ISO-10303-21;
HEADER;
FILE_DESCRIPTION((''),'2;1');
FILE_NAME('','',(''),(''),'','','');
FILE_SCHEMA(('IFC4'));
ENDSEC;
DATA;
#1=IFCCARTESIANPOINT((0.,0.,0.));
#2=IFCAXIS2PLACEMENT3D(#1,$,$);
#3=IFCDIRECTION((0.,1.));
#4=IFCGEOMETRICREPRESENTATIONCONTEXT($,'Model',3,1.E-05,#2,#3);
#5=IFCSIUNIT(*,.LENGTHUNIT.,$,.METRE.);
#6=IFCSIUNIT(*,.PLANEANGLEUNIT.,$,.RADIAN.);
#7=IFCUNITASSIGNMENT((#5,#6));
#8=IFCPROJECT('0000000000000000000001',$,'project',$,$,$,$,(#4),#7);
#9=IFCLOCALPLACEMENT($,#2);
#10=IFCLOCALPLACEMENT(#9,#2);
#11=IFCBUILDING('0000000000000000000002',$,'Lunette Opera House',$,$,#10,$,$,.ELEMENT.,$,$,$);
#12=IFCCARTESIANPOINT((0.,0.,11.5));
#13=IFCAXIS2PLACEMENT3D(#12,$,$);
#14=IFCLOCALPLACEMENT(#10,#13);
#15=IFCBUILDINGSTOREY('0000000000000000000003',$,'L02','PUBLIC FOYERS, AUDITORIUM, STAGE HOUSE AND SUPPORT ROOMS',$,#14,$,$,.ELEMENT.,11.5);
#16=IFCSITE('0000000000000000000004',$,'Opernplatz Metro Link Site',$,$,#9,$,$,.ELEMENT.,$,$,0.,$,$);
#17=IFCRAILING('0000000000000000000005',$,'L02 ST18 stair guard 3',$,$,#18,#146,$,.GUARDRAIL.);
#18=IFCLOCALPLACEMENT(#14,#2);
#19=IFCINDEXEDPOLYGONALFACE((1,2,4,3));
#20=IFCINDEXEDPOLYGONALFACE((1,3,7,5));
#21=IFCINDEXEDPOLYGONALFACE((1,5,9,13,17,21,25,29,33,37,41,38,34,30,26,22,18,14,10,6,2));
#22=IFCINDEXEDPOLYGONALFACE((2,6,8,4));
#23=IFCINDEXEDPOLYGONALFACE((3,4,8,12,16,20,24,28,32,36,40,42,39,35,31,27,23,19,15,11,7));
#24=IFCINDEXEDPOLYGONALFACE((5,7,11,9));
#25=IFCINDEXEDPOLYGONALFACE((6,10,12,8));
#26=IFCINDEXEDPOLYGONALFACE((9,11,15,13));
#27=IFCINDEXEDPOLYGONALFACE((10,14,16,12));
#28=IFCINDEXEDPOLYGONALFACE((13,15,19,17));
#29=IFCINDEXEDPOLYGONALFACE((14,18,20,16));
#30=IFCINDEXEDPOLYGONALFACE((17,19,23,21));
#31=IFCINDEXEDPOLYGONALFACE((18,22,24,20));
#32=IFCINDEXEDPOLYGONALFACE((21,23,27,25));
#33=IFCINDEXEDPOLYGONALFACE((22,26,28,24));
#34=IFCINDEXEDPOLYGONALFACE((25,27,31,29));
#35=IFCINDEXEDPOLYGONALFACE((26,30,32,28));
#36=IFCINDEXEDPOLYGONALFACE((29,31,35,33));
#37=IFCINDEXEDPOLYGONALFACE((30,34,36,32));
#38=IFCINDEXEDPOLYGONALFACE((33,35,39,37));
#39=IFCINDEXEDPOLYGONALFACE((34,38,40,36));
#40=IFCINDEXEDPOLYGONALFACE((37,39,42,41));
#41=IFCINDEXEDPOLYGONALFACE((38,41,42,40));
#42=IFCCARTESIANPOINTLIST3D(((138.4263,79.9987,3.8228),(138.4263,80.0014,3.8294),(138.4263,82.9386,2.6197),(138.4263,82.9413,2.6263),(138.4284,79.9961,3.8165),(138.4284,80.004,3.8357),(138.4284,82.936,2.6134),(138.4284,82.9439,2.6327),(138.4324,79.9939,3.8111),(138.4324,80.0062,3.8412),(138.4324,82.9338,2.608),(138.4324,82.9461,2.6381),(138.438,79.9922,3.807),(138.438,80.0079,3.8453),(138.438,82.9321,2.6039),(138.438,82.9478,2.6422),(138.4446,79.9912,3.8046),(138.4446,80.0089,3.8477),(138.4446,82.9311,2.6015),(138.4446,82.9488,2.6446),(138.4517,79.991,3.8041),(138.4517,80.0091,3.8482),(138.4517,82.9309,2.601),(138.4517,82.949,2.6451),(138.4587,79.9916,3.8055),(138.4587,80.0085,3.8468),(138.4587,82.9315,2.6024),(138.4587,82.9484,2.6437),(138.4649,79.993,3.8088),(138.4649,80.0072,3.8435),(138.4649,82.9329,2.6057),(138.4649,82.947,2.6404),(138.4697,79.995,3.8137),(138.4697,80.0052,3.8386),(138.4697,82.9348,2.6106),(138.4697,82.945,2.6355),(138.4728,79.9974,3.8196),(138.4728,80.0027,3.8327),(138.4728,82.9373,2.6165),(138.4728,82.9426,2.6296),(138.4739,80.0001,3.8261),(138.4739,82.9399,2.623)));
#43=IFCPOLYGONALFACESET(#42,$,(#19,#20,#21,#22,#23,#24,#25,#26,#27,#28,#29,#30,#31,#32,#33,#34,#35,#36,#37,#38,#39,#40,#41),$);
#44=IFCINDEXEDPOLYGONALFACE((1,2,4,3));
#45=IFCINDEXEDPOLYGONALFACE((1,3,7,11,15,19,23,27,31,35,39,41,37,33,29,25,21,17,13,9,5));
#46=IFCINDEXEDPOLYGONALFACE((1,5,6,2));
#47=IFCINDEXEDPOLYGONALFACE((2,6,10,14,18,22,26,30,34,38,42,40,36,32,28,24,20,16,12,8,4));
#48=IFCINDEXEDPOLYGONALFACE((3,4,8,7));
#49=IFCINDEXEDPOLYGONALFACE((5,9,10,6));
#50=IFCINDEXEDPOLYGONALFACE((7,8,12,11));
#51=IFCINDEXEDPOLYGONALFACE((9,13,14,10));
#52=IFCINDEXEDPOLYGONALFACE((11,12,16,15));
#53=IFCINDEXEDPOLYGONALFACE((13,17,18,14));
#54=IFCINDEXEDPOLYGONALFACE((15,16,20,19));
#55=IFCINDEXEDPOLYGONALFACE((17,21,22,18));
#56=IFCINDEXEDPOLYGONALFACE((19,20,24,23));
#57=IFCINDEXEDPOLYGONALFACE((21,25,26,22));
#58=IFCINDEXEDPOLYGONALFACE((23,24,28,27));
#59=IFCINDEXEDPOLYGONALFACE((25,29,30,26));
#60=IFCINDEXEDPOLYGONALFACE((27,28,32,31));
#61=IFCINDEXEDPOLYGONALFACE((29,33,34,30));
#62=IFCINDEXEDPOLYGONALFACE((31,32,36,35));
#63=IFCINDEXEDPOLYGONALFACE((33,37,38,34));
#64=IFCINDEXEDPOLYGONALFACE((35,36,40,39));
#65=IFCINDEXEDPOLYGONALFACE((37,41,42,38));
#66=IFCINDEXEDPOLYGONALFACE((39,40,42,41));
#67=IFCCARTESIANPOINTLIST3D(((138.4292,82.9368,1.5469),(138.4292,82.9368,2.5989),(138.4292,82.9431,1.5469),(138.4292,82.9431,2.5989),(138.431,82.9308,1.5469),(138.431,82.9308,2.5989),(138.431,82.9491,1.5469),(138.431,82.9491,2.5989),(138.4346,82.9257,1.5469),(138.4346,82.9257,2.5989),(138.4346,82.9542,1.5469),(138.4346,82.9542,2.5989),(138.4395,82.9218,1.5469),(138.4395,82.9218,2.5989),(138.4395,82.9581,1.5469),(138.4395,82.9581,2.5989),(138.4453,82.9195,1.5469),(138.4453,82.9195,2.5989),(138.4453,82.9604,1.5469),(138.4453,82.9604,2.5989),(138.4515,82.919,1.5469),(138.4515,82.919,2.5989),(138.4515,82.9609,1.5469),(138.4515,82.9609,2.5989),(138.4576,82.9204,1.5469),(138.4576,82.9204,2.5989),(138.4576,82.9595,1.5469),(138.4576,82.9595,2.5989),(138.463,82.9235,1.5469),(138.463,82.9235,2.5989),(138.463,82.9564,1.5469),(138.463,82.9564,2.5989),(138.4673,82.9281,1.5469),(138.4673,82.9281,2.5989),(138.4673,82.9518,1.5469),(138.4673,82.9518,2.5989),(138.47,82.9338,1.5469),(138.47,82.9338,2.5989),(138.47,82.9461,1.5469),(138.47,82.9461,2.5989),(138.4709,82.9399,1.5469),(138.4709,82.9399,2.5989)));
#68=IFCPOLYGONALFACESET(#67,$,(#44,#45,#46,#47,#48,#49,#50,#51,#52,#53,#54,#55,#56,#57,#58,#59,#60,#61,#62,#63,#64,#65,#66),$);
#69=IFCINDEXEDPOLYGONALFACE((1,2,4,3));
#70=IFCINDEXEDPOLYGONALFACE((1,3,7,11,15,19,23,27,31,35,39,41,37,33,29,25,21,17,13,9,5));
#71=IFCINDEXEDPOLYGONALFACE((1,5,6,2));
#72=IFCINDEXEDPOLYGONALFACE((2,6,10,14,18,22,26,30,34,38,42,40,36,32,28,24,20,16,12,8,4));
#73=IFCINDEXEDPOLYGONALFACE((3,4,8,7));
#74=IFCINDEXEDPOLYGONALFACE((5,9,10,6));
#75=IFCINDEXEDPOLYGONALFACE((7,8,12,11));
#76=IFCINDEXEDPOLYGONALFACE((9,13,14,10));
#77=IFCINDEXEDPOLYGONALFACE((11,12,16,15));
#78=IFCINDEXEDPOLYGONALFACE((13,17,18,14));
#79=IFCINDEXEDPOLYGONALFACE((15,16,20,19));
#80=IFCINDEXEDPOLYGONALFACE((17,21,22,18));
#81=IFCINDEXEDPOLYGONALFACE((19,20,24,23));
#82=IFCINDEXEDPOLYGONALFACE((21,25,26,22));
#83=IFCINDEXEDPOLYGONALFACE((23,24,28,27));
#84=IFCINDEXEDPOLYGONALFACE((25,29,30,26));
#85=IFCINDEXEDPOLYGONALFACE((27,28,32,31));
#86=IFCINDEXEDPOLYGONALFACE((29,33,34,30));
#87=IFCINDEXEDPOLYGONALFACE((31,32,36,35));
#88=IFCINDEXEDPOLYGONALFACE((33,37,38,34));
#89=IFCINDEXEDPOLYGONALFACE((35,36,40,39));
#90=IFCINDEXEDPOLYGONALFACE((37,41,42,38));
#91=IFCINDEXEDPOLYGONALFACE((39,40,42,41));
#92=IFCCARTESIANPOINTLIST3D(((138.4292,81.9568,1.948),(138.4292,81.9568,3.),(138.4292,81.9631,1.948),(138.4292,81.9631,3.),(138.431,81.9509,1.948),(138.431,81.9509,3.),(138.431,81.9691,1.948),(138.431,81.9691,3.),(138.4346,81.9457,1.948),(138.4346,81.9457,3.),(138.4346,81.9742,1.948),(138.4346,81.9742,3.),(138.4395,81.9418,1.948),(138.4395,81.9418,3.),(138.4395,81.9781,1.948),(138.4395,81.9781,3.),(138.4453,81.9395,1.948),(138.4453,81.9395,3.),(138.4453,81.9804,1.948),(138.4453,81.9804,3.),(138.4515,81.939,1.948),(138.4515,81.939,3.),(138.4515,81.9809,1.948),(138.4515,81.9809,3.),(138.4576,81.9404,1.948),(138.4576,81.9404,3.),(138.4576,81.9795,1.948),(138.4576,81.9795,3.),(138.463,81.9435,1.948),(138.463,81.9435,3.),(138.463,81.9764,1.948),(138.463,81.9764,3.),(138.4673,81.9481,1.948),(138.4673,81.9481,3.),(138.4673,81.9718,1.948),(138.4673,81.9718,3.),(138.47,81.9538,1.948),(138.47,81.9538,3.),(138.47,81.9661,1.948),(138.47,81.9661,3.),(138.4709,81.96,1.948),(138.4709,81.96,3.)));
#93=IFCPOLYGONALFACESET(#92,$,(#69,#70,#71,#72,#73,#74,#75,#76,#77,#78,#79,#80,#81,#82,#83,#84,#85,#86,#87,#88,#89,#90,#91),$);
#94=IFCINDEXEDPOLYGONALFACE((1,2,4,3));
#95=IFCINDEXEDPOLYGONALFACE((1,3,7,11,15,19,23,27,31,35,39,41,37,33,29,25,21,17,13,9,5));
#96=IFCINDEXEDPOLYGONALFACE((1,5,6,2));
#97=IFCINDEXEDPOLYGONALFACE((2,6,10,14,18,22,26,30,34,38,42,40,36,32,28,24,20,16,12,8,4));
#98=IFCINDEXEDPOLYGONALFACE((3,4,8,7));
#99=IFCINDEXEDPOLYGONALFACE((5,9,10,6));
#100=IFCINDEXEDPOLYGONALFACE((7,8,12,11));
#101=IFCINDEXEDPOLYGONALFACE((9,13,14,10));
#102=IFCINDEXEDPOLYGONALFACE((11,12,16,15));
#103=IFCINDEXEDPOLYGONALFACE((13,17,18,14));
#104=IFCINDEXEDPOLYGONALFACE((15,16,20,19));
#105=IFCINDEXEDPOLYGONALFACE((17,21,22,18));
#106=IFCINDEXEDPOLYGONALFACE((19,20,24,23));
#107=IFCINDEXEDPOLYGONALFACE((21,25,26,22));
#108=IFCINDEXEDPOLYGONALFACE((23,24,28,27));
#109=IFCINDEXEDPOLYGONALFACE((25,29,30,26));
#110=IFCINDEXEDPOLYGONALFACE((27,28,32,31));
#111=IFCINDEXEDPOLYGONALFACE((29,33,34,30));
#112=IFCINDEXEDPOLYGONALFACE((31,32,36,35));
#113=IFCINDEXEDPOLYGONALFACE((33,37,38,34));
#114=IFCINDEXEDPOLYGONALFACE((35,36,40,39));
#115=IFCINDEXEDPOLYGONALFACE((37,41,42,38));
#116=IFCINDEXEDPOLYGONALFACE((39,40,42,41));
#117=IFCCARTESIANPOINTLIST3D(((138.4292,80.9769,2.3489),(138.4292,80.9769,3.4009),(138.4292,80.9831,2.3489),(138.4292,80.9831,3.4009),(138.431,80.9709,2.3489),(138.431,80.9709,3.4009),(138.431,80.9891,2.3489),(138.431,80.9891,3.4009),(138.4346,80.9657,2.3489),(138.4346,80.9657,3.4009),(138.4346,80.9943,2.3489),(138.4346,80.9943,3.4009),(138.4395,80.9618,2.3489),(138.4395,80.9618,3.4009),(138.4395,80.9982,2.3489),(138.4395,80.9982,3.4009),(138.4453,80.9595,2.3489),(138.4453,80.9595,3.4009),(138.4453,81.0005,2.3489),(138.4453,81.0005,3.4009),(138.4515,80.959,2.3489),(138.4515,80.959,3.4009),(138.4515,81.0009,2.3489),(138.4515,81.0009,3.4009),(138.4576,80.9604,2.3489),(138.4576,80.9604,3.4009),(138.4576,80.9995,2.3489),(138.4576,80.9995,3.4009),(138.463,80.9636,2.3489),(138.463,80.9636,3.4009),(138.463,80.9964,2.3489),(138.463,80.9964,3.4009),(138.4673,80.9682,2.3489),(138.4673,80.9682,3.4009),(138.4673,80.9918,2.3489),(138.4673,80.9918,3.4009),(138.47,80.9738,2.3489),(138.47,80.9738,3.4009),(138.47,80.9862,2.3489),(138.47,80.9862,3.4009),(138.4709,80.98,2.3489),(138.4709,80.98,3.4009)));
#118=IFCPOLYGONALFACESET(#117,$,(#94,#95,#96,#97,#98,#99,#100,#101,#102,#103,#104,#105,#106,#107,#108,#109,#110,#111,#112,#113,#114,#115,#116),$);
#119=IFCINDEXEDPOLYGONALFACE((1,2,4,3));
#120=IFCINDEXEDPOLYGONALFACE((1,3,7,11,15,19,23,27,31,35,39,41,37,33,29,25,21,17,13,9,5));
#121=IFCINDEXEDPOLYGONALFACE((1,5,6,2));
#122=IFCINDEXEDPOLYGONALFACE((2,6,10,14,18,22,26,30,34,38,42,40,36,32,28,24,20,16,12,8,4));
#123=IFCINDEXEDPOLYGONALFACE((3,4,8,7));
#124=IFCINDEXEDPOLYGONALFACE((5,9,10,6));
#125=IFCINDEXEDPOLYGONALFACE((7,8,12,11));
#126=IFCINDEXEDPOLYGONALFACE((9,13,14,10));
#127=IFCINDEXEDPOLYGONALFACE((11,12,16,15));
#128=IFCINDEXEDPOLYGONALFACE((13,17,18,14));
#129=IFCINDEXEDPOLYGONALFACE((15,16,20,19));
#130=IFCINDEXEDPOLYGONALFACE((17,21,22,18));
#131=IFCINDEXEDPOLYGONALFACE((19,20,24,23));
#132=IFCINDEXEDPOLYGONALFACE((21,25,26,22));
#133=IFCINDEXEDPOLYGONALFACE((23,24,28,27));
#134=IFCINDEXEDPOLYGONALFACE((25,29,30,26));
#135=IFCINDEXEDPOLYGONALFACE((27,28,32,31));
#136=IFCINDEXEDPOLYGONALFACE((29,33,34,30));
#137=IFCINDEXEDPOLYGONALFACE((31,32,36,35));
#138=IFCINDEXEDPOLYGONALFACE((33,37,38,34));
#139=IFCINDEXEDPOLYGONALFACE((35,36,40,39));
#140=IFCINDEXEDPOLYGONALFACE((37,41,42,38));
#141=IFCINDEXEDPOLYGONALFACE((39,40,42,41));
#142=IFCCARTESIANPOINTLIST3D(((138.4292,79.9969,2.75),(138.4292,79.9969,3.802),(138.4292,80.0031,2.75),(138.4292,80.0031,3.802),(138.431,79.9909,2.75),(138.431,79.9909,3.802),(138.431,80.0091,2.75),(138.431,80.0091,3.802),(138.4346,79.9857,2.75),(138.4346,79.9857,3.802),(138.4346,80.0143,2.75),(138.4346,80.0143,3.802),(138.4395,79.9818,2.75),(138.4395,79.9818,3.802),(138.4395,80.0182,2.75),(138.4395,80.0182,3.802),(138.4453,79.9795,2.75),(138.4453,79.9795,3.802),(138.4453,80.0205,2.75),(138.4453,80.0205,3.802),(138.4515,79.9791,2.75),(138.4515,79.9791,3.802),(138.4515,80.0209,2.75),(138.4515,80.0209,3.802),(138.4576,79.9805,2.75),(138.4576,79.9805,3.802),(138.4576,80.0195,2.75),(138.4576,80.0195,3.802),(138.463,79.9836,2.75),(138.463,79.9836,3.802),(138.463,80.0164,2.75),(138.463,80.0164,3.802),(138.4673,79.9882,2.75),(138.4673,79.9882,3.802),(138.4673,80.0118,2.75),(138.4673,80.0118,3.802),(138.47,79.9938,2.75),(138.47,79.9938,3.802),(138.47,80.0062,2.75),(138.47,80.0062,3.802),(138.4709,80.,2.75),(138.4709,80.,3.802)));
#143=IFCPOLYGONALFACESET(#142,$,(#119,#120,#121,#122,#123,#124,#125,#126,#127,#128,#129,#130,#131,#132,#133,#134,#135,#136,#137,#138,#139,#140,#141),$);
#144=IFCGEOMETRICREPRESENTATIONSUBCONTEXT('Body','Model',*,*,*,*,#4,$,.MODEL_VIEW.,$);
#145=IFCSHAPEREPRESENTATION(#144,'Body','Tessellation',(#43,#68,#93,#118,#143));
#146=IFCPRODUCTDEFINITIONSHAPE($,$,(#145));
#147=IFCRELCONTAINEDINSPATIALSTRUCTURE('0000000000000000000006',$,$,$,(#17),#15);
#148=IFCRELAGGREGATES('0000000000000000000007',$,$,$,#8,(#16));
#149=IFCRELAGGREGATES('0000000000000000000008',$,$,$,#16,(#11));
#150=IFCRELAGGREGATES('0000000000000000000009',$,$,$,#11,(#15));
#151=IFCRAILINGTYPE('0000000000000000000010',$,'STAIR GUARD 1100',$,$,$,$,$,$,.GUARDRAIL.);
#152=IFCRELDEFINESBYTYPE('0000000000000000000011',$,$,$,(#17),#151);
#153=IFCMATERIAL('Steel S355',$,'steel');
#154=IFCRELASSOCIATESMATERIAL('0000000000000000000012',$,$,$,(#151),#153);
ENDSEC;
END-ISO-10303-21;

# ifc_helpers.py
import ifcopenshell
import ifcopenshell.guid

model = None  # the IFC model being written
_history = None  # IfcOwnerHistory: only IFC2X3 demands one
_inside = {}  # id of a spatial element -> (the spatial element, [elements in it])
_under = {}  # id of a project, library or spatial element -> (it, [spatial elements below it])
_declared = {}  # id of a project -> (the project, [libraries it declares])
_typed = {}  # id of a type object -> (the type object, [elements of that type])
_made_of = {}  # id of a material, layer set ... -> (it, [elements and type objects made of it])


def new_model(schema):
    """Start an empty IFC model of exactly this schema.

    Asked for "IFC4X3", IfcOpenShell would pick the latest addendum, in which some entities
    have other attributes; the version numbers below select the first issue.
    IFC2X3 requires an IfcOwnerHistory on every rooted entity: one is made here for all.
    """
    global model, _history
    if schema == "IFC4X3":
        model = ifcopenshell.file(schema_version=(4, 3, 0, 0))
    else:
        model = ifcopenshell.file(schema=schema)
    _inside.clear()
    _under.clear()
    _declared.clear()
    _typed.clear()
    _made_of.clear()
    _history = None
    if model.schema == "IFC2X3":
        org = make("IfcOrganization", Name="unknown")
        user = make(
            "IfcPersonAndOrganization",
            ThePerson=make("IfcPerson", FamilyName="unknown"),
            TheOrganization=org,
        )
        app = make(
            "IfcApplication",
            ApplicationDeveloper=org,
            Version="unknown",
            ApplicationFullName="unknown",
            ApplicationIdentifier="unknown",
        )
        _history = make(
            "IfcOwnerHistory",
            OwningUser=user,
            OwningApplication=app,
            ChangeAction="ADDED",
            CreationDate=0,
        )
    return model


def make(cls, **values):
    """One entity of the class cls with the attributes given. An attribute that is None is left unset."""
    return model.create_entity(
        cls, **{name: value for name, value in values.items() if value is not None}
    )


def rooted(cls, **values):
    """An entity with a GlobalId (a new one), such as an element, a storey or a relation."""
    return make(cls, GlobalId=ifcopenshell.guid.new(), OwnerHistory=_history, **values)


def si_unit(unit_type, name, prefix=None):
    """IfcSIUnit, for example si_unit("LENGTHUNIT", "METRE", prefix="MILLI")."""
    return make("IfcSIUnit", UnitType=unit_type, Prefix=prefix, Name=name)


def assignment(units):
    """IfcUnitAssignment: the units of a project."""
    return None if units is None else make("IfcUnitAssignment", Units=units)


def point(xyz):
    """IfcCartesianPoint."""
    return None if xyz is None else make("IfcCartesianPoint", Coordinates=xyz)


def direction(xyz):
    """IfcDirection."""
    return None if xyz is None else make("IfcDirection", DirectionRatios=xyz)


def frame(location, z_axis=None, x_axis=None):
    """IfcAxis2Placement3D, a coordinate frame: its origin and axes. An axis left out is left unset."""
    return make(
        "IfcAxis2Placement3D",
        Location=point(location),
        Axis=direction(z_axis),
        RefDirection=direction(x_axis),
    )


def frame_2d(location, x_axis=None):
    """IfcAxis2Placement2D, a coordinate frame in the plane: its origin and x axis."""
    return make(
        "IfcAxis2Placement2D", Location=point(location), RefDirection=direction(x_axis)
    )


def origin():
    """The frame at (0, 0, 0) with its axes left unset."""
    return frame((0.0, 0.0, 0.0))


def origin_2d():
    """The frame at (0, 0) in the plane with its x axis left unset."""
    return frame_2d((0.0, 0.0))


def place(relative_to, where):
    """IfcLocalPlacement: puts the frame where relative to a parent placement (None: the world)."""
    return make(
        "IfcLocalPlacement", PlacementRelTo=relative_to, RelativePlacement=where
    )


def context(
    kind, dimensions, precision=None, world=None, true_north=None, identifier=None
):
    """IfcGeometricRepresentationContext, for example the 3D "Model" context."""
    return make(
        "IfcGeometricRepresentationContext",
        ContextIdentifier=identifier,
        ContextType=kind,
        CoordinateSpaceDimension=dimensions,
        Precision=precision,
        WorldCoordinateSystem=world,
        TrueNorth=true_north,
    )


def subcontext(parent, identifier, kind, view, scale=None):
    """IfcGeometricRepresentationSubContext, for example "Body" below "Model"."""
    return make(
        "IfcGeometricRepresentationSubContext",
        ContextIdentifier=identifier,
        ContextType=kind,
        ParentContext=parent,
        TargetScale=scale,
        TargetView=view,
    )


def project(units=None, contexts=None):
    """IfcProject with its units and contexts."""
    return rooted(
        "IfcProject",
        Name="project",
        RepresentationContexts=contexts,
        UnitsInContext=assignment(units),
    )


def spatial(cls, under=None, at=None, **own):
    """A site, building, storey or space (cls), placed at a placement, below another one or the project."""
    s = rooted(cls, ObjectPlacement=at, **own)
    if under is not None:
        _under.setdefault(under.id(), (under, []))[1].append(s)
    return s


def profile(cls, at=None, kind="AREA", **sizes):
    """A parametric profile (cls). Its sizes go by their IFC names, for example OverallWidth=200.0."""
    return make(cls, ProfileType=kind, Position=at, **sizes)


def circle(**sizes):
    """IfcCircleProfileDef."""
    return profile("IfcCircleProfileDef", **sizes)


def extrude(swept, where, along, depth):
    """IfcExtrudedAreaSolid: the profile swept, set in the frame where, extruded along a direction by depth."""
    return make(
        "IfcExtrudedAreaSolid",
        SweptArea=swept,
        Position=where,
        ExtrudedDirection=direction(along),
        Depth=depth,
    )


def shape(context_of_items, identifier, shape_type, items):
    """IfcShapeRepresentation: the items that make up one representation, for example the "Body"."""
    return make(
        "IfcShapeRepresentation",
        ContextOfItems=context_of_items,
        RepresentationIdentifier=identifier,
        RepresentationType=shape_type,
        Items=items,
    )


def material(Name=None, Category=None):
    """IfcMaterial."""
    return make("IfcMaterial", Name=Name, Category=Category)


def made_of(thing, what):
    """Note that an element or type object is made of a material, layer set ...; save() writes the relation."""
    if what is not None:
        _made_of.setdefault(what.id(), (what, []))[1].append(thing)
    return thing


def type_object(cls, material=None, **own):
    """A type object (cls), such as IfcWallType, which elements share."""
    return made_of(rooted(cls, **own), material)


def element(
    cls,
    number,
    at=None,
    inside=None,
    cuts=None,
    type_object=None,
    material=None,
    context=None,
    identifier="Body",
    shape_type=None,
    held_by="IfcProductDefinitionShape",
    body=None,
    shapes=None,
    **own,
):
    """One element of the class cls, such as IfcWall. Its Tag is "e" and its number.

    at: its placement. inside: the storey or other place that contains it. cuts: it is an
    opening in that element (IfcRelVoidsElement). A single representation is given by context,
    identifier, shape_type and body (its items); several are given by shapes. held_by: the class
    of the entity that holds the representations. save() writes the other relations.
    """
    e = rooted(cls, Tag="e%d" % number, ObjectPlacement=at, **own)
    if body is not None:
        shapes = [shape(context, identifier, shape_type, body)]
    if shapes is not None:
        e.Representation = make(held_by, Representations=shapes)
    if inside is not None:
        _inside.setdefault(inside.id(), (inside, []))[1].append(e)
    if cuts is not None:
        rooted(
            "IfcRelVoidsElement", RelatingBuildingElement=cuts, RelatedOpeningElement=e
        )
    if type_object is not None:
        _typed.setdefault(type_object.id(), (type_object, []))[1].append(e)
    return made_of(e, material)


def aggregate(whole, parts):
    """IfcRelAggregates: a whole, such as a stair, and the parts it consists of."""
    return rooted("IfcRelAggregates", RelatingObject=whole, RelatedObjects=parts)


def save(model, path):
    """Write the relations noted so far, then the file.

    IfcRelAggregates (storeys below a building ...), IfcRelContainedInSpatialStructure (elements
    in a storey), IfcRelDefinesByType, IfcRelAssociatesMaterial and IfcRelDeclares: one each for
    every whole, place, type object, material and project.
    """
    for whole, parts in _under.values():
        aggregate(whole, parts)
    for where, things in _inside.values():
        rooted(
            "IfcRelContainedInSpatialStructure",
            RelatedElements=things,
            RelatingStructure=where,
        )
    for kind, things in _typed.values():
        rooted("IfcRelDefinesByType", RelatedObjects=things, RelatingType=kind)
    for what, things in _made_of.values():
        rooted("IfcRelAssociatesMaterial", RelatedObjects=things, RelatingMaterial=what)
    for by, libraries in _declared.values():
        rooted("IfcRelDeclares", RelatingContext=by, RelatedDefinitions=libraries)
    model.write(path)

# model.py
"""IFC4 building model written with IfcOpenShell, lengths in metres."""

from ifc_helpers import new_model, si_unit, direction, frame, origin, origin_2d, place, context, subcontext, project, spatial, circle, extrude, material, type_object, element, save


model = new_model("IFC4")

# Units and contexts
model_context = context("Model", 3, precision=1e-05, world=origin(), true_north=direction((0.0, 1.0)))
body_context = subcontext(model_context, "Body", "Model", "MODEL_VIEW")
ifc_project = project(units=[si_unit("LENGTHUNIT", "METRE"), si_unit("PLANEANGLEUNIT", "RADIAN")], contexts=[model_context])

# Site, building, storey
site_placement = place(None, origin())
site = spatial("IfcSite", under=ifc_project, at=site_placement, Name="Opernplatz Metro Link Site", CompositionType="ELEMENT", RefElevation=0.0)
building_placement = place(site_placement, origin())
building = spatial("IfcBuilding", under=site, at=building_placement, Name="Lunette Opera House", CompositionType="ELEMENT")
storey_placement = place(building_placement, frame((0.0, 0.0, 11.5)))
storey = spatial("IfcBuildingStorey", under=building, at=storey_placement, Name="L02", Description="PUBLIC FOYERS, AUDITORIUM, STAGE HOUSE AND SUPPORT ROOMS", CompositionType="ELEMENT", Elevation=11.5)

# Railing
ifc_material_1 = material(Name="Steel S355", Category="steel")
railing_type_1 = type_object("IfcRailingType", Name="STAIR GUARD 1100", PredefinedType="GUARDRAIL", material=ifc_material_1)
railing_1_placement = place(storey_placement, frame((138.45, 82.9399, 1.5469)))
element("IfcRailing", 1, at=railing_1_placement, inside=storey, type_object=railing_type_1, Name="L02 ST18 stair guard 3", PredefinedType="GUARDRAIL", context=body_context, shape_type="SweptSolid", body=[
    extrude(circle(Radius=0.0239, at=origin_2d()), frame((0.0, 0.0, 1.0762), z_axis=(0.0, -0.9255, 0.378747), x_axis=(1.0, 0.0, 0.0)), (0.0, 0.0, 1.0), 3.1765),
    extrude(circle(Radius=0.021, at=origin_2d()), origin(), (0.0, 0.0, 1.0), 1.052),
    extrude(circle(Radius=0.021, at=origin_2d()), frame((0.0, -0.98, 0.4011)), (0.0, 0.0, 1.0), 1.052),
    extrude(circle(Radius=0.021, at=origin_2d()), frame((0.0, -1.96, 0.802)), (0.0, 0.0, 1.0), 1.052),
    extrude(circle(Radius=0.021, at=origin_2d()), frame((0.0, -2.9399, 1.2031)), (0.0, 0.0, 1.0), 1.052),
])

save(model, "model.ifc")
